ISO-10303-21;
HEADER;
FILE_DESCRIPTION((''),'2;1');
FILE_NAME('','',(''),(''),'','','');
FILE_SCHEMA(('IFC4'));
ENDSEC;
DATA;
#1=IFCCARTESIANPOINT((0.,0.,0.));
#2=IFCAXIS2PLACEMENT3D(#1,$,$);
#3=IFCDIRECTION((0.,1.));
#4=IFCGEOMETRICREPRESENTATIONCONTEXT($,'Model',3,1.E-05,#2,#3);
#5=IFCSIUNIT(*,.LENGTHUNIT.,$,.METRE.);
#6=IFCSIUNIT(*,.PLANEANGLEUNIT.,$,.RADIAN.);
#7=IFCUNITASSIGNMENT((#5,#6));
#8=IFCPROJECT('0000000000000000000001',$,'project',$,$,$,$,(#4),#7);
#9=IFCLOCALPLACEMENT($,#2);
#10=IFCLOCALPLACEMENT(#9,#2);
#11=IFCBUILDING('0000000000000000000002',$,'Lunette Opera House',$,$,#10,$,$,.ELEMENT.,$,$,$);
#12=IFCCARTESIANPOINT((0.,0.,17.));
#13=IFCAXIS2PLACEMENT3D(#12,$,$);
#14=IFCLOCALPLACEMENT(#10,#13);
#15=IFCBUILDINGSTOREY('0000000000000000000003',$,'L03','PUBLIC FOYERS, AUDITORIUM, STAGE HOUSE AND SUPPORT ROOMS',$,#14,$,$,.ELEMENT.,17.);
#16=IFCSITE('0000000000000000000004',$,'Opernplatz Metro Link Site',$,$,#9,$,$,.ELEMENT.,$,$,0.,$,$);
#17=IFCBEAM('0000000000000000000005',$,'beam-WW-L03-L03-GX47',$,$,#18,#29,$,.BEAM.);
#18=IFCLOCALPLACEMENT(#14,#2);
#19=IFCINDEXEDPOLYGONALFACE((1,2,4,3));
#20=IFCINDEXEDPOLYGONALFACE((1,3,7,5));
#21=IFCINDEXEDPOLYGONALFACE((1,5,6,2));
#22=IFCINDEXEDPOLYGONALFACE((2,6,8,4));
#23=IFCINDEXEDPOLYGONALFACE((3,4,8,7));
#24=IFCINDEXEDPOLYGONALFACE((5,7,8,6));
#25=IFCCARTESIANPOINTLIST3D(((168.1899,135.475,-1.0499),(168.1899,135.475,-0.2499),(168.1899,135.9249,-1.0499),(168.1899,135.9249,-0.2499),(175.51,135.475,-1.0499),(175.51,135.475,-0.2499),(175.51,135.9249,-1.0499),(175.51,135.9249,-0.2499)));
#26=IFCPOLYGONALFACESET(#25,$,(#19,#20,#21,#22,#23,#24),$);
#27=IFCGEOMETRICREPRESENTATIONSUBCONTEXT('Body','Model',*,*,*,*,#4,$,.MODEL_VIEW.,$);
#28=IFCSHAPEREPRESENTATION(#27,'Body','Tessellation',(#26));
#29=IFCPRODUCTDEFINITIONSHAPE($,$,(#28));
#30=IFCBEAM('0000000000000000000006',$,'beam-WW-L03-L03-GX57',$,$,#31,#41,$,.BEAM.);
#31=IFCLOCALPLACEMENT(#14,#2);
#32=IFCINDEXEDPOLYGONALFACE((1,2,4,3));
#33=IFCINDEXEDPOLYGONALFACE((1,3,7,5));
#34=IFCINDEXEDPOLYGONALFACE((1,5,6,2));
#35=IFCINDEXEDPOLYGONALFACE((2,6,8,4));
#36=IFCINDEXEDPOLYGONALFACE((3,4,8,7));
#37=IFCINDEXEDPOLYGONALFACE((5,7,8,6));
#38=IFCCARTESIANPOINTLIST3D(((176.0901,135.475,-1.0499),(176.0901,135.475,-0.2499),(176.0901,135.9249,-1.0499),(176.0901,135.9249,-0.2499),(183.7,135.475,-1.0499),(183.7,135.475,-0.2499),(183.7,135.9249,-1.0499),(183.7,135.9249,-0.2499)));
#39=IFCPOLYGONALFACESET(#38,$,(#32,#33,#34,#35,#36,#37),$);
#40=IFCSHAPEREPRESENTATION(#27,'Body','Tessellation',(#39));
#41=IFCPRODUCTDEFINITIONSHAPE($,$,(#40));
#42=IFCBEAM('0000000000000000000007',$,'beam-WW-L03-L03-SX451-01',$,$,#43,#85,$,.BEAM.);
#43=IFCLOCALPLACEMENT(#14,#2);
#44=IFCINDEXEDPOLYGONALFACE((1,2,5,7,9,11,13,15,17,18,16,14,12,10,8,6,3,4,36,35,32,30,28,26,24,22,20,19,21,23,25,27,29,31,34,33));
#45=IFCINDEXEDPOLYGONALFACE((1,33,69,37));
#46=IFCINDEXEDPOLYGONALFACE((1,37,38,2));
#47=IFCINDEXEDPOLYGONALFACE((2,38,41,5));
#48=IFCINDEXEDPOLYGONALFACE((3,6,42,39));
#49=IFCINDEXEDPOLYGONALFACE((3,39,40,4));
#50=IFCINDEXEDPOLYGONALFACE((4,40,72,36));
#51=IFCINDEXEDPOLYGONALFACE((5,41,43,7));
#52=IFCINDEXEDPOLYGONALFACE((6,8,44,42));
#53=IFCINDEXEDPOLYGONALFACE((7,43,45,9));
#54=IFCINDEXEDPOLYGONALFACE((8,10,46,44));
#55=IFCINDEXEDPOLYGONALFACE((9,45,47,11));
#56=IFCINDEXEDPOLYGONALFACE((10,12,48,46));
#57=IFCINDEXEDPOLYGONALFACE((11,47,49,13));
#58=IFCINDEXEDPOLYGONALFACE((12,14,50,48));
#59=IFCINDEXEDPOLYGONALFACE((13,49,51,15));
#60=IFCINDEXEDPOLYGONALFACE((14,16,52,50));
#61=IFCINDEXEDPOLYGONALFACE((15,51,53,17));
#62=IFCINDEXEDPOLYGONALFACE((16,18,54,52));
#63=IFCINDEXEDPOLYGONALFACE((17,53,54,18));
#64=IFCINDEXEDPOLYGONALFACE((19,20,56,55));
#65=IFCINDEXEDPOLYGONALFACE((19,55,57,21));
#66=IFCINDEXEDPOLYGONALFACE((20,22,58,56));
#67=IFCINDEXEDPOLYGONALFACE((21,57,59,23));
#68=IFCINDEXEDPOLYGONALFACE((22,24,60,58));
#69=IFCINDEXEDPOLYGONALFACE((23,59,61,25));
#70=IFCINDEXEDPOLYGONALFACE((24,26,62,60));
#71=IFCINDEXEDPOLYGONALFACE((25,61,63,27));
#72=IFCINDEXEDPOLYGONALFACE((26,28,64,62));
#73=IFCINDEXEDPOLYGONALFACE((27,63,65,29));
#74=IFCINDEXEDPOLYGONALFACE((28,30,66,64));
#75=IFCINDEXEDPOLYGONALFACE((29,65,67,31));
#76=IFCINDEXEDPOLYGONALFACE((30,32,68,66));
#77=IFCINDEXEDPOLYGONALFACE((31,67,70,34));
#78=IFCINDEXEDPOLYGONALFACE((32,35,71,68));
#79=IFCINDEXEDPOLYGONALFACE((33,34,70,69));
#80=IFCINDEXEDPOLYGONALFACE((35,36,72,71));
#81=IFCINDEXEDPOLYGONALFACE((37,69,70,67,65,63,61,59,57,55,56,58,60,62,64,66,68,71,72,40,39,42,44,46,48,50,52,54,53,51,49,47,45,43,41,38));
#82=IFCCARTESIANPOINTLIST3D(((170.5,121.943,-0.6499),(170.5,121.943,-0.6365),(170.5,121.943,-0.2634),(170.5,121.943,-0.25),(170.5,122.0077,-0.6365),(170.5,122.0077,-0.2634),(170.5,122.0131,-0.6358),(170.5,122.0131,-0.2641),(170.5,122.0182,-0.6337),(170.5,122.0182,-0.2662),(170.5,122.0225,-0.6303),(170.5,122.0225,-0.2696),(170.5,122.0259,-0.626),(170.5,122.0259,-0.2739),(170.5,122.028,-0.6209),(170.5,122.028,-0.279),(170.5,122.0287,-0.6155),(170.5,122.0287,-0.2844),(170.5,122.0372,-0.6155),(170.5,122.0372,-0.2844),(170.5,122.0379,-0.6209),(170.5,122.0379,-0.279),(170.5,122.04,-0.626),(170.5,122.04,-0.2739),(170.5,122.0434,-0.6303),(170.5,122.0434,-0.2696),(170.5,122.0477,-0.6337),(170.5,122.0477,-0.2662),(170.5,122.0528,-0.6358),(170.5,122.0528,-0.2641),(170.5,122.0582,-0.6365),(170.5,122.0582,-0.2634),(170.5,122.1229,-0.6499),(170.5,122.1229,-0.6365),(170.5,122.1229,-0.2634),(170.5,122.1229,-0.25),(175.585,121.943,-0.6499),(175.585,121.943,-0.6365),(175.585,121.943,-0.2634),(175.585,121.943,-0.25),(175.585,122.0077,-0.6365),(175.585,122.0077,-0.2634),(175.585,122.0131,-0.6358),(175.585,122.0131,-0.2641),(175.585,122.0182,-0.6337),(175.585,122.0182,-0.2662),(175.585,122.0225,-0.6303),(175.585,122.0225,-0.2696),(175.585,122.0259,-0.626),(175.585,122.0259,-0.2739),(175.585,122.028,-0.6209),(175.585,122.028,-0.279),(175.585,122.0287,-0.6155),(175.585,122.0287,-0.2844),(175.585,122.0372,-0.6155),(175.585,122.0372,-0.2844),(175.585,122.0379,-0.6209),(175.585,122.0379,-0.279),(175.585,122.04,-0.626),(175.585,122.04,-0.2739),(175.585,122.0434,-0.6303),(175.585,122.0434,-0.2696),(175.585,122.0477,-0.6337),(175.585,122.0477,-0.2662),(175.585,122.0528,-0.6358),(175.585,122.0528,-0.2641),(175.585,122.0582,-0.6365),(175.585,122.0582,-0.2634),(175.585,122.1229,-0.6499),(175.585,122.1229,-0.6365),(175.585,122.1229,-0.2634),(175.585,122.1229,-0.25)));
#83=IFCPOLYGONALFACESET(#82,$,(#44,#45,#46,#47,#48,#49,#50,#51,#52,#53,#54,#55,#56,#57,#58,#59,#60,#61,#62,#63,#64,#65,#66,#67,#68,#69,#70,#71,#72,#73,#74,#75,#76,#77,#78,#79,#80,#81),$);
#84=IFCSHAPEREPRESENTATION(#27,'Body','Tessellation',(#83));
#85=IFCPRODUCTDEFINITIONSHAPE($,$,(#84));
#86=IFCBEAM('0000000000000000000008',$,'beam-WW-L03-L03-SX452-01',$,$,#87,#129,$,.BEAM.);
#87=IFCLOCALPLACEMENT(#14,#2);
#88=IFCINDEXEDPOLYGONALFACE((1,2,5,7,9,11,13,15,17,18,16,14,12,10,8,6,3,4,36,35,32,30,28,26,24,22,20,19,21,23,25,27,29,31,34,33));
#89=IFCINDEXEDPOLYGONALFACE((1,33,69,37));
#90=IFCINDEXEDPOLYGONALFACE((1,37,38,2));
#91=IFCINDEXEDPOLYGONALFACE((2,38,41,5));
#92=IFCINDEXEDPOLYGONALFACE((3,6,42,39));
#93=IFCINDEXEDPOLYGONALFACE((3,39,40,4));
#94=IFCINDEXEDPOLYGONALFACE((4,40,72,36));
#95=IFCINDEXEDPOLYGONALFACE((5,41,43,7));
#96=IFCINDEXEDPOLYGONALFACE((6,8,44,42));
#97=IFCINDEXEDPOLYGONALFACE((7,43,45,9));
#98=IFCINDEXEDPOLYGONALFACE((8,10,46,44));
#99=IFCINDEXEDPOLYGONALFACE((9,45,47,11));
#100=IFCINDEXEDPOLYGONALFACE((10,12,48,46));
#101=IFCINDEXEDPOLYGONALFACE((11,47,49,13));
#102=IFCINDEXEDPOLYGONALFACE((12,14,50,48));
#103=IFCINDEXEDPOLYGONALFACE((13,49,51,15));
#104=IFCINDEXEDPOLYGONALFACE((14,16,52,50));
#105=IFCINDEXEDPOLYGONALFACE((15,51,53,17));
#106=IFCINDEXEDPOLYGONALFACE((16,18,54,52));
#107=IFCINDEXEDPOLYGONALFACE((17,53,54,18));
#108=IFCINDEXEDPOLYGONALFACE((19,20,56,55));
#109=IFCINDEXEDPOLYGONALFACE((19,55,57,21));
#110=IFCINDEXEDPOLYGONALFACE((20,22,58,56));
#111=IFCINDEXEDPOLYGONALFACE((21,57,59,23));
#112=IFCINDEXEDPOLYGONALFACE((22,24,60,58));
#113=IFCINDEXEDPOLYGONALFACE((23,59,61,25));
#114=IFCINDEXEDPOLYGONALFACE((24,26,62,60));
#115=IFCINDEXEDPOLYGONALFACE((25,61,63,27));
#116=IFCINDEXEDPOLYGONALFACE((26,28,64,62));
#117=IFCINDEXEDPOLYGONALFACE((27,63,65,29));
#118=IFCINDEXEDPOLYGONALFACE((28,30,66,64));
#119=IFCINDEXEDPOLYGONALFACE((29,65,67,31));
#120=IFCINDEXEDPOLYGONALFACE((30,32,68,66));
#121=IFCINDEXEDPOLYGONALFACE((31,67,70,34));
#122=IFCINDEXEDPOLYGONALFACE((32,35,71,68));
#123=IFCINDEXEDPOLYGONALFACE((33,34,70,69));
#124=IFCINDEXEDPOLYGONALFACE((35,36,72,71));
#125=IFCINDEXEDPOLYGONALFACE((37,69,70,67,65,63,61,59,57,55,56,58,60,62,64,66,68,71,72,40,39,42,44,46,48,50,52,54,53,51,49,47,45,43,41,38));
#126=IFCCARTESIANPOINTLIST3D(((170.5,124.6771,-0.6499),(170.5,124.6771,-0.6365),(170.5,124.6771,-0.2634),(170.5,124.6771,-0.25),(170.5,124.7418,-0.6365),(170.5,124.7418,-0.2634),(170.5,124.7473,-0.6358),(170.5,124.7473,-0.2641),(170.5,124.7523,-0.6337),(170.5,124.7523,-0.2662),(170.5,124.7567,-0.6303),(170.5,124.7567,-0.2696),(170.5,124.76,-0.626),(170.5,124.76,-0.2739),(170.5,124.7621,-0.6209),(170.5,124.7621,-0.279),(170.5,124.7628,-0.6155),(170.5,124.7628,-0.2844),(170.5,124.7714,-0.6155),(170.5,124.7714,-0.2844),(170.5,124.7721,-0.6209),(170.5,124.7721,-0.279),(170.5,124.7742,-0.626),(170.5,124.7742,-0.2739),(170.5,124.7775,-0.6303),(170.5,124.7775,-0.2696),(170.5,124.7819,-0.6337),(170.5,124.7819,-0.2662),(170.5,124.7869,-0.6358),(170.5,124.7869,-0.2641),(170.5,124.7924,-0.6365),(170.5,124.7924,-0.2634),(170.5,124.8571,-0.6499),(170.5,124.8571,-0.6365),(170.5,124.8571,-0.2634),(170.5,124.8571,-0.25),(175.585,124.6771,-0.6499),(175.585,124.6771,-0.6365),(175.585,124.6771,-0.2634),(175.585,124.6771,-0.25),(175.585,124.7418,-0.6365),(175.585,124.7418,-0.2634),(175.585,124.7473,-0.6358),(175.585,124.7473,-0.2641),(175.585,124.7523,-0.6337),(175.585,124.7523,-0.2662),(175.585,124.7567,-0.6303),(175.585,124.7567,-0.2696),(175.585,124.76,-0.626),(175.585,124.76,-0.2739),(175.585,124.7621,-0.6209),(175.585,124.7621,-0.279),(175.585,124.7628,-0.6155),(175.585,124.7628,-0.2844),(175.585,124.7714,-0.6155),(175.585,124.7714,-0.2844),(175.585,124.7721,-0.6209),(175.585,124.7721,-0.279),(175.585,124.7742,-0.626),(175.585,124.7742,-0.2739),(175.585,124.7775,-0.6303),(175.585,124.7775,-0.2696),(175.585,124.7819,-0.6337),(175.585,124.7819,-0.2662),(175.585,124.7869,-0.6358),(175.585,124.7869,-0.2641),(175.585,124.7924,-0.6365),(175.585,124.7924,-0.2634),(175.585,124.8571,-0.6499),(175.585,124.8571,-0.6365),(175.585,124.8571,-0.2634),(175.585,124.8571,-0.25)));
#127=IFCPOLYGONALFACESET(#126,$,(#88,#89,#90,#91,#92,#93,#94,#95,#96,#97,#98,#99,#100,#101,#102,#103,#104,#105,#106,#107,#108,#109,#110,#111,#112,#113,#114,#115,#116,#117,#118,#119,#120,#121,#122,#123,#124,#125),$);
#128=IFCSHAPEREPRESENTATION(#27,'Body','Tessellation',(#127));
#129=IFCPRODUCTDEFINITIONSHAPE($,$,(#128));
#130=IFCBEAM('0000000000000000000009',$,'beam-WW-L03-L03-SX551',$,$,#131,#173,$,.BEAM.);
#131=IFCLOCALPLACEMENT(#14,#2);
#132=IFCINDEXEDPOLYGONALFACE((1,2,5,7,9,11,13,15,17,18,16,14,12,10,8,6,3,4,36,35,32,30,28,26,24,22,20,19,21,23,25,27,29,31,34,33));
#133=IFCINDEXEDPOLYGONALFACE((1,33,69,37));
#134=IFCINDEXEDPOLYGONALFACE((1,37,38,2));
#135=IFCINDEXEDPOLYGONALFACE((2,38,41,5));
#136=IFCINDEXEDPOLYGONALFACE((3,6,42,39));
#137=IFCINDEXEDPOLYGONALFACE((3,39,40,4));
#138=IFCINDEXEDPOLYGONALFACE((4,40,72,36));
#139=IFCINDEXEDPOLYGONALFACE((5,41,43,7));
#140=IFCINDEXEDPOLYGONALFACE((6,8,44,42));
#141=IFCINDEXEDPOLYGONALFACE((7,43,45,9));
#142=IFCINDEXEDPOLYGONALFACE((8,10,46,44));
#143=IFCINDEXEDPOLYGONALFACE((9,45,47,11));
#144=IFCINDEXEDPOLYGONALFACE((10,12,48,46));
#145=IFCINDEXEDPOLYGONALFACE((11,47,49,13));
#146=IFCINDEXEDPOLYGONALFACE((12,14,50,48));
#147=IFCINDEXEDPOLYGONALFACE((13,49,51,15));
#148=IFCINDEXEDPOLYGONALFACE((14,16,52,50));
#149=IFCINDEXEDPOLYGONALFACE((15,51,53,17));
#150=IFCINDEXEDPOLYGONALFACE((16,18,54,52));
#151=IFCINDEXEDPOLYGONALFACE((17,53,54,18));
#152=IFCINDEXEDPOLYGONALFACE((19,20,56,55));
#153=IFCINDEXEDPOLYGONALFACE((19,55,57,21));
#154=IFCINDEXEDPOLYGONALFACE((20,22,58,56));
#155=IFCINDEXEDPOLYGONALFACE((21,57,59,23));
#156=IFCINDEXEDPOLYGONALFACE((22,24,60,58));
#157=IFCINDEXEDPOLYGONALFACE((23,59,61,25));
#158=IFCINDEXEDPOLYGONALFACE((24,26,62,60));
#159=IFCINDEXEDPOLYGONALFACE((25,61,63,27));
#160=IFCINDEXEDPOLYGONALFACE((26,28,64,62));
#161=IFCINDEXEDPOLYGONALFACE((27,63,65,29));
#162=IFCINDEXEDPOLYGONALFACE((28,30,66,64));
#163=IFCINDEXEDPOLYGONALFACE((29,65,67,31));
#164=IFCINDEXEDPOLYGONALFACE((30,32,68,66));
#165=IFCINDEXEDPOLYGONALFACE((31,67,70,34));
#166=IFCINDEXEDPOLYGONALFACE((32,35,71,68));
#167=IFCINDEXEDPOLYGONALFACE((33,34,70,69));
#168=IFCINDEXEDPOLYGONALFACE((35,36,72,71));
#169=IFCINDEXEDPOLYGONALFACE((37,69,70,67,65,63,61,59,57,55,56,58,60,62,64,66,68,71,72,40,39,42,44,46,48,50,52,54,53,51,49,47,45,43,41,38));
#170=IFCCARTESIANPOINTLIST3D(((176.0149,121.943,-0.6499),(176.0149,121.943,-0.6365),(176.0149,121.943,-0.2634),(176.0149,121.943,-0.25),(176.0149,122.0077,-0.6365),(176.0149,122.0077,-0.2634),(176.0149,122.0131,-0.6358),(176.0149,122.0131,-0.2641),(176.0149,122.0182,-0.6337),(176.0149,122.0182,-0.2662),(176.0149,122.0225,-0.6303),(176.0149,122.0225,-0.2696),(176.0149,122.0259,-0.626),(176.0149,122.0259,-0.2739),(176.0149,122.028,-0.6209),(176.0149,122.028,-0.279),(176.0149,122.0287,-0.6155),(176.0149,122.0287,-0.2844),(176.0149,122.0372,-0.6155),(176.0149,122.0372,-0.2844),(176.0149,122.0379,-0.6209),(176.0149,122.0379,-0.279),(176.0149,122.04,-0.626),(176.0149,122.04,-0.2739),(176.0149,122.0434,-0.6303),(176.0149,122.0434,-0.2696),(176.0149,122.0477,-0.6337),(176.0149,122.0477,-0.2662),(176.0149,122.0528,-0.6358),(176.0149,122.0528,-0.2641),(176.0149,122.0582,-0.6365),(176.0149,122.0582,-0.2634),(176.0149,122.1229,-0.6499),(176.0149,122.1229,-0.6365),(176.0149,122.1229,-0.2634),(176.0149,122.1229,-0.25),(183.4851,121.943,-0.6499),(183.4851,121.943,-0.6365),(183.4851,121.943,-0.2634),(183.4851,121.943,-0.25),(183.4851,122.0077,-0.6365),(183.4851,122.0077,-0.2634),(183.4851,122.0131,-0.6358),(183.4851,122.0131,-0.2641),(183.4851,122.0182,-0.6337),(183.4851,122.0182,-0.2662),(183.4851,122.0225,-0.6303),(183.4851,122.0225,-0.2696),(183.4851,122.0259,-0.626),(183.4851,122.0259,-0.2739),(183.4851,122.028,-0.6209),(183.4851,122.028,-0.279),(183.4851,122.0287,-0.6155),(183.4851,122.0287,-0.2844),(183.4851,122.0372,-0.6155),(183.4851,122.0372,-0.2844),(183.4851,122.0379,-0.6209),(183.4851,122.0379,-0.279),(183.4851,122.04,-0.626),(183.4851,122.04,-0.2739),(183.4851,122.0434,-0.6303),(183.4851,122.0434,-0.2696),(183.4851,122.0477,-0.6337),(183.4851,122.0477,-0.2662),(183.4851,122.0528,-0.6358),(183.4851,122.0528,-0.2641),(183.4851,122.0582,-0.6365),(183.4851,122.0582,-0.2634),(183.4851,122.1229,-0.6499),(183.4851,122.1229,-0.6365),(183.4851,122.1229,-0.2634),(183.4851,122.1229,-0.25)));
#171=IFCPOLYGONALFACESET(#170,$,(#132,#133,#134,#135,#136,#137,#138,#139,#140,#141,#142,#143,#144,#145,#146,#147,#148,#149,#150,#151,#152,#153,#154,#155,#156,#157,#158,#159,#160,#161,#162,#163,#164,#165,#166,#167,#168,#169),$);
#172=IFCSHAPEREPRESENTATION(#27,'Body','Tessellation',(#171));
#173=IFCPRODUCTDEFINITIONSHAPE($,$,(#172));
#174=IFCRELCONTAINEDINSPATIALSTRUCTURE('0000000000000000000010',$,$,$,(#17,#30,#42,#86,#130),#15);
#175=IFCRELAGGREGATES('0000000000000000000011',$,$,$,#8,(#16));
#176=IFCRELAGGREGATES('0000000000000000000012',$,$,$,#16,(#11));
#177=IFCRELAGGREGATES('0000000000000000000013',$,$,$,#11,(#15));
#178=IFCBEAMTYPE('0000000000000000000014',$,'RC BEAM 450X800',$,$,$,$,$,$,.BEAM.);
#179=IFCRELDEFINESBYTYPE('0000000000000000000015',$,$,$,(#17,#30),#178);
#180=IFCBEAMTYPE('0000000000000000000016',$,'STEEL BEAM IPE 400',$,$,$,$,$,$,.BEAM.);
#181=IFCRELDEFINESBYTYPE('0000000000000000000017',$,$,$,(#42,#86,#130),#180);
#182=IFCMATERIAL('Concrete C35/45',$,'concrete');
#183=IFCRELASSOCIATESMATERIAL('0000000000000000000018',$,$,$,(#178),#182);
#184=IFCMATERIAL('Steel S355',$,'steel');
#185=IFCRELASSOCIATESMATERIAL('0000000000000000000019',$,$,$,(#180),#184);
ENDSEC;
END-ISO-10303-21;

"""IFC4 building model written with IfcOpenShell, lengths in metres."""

from ifc_helpers import new_model, si_unit, direction, frame, origin, origin_2d, place, context, subcontext, project, spatial, rectangle, i_section, extrude, material, material_profile, profile_set, type_object, element, save


model = new_model("IFC4")

# Units and contexts
model_context = context("Model", 3, precision=1e-05, world=origin(), true_north=direction((0.0, 1.0)))
body_context = subcontext(model_context, "Body", "Model", "MODEL_VIEW")
ifc_project = project(units=[si_unit("LENGTHUNIT", "METRE"), si_unit("PLANEANGLEUNIT", "RADIAN")], contexts=[model_context])

# Site, building, storey
site_placement = place(None, origin())
site = spatial("IfcSite", under=ifc_project, at=site_placement, Name="Opernplatz Metro Link Site", CompositionType="ELEMENT", RefElevation=0.0)
building_placement = place(site_placement, origin())
building = spatial("IfcBuilding", under=site, at=building_placement, Name="Lunette Opera House", CompositionType="ELEMENT")
storey_placement = place(building_placement, frame((0.0, 0.0, 17.0)))
storey = spatial("IfcBuildingStorey", under=building, at=storey_placement, Name="L03", Description="PUBLIC FOYERS, AUDITORIUM, STAGE HOUSE AND SUPPORT ROOMS", CompositionType="ELEMENT", Elevation=17.0)

# Beams
ifc_material_1 = material(Name="Concrete C35/45", Category="concrete")
ifc_material_profile_1 = material_profile(ifc_material_1, rectangle(XDim=0.45, YDim=0.8, at=origin_2d()), Name="RC BEAM 450X800")
ifc_profile_set_1 = profile_set([ifc_material_profile_1], Name="Concrete C35/45")
beam_type_1 = type_object("IfcBeamType", Name="RC BEAM 450X800", PredefinedType="BEAM", material=ifc_profile_set_1)
beam_1_placement = place(storey_placement, frame((168.1899, 135.7, -0.6499), z_axis=(1.0, 0.0, 0.0), x_axis=(0.0, 1.0, 0.0)))
element("IfcBeam", 1, at=beam_1_placement, inside=storey, type_object=beam_type_1, Name="beam-WW-L03-L03-GX47", PredefinedType="BEAM", context=body_context, shape_type="SweptSolid", body=[
    extrude(rectangle(XDim=0.45, YDim=0.8, at=origin_2d()), origin(), (0.0, 0.0, 1.0), 7.3201),
])
beam_2_placement = place(storey_placement, frame((176.0901, 135.7, -0.6499), z_axis=(1.0, 0.0, 0.0), x_axis=(0.0, 1.0, 0.0)))
element("IfcBeam", 2, at=beam_2_placement, inside=storey, type_object=beam_type_1, Name="beam-WW-L03-L03-GX57", PredefinedType="BEAM", context=body_context, shape_type="SweptSolid", body=[
    extrude(rectangle(XDim=0.45, YDim=0.8, at=origin_2d()), origin(), (0.0, 0.0, 1.0), 7.6099),
])
ifc_material_2 = material(Name="Steel S355", Category="steel")
ifc_material_profile_2 = material_profile(ifc_material_2, i_section(OverallWidth=0.1799, OverallDepth=0.3999, WebThickness=0.0085, FlangeThickness=0.0134, FilletRadius=0.021, at=origin_2d()), Name="IPE 400")
ifc_profile_set_2 = profile_set([ifc_material_profile_2], Name="Steel S355")
beam_type_2 = type_object("IfcBeamType", Name="STEEL BEAM IPE 400", PredefinedType="BEAM", material=ifc_profile_set_2)
for number, where, z_axis, x_axis, name in (
    (3, (170.5, 122.033, -0.45), (1.0, 0.0, 0.0), (0.0, 1.0, 0.0), "beam-WW-L03-L03-SX451-01"),
    (4, (170.5, 124.7671, -0.45), (1.0, 0.0, 0.0), (0.0, 1.0, 0.0), "beam-WW-L03-L03-SX452-01"),
):
    element("IfcBeam", number, at=place(storey_placement, frame(where, z_axis=z_axis, x_axis=x_axis)), inside=storey, type_object=beam_type_2, Name=name, PredefinedType="BEAM", context=body_context, shape_type="SweptSolid", body=[
        extrude(i_section(OverallWidth=0.1799, OverallDepth=0.3999, WebThickness=0.0085, FlangeThickness=0.0134, FilletRadius=0.021, at=origin_2d()), origin(), (0.0, 0.0, 1.0), 5.085),
    ])
for number, where, z_axis, x_axis, name in (
    (5, (176.0149, 122.033, -0.45), (1.0, 0.0, 0.0), (0.0, 1.0, 0.0), "beam-WW-L03-L03-SX551"),
):
    element("IfcBeam", number, at=place(storey_placement, frame(where, z_axis=z_axis, x_axis=x_axis)), inside=storey, type_object=beam_type_2, Name=name, PredefinedType="BEAM", context=body_context, shape_type="SweptSolid", body=[
        extrude(i_section(OverallWidth=0.1799, OverallDepth=0.3999, WebThickness=0.0085, FlangeThickness=0.0134, FilletRadius=0.021, at=origin_2d()), origin(), (0.0, 0.0, 1.0), 7.4702),
    ])

save(model, "model.ifc")
